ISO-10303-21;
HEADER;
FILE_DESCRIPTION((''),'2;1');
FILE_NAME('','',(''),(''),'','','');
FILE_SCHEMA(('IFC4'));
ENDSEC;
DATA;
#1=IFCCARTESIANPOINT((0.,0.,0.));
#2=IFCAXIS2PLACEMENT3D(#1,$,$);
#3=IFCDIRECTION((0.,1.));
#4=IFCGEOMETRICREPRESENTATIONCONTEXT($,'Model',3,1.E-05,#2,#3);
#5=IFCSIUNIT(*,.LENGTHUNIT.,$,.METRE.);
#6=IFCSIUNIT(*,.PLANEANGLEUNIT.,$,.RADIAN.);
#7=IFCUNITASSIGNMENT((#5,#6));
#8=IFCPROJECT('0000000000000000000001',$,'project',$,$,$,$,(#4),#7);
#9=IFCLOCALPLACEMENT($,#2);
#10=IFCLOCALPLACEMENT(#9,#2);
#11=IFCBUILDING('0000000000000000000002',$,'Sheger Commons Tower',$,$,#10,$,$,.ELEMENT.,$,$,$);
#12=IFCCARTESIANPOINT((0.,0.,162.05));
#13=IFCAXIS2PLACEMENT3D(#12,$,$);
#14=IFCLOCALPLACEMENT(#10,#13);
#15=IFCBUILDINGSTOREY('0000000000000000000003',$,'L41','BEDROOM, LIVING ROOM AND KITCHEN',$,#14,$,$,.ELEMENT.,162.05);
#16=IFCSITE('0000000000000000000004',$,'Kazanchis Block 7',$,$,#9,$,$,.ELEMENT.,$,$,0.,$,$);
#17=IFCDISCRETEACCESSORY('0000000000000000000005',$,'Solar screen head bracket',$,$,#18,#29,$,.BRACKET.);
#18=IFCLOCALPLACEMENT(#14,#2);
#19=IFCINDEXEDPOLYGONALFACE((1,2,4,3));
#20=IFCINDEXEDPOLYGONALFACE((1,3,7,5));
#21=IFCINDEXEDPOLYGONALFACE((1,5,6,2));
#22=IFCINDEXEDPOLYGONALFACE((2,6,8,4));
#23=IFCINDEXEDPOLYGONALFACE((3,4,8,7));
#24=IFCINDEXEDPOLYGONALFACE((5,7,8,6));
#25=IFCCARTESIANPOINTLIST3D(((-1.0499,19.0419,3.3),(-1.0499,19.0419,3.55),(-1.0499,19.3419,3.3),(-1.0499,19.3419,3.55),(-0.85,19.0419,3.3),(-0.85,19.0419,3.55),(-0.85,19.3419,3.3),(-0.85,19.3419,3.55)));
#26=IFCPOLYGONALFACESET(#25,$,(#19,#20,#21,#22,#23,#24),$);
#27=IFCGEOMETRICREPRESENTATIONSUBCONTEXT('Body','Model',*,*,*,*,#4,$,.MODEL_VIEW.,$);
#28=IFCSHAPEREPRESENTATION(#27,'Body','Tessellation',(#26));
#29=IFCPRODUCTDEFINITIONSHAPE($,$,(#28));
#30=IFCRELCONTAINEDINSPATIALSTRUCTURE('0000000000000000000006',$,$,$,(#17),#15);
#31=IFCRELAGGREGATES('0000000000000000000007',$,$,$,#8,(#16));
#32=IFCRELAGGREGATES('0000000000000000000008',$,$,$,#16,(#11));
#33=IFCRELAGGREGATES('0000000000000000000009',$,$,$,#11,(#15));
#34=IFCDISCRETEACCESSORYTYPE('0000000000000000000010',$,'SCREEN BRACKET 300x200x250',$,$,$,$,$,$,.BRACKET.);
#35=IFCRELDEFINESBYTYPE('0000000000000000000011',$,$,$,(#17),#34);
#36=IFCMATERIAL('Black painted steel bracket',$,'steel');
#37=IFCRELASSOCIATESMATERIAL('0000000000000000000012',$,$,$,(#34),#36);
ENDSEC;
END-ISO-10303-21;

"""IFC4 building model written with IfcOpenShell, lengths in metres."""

from ifc_helpers import new_model, si_unit, direction, frame, origin, origin_2d, place, context, subcontext, project, spatial, rectangle, extrude, material, type_object, element, save


model = new_model("IFC4")

# Units and contexts
model_context = context("Model", 3, precision=1e-05, world=origin(), true_north=direction((0.0, 1.0)))
body_context = subcontext(model_context, "Body", "Model", "MODEL_VIEW")
ifc_project = project(units=[si_unit("LENGTHUNIT", "METRE"), si_unit("PLANEANGLEUNIT", "RADIAN")], contexts=[model_context])

# Site, building, storey
site_placement = place(None, origin())
site = spatial("IfcSite", under=ifc_project, at=site_placement, Name="Kazanchis Block 7", CompositionType="ELEMENT", RefElevation=0.0)
building_placement = place(site_placement, origin())
building = spatial("IfcBuilding", under=site, at=building_placement, Name="Sheger Commons Tower", CompositionType="ELEMENT")
storey_placement = place(building_placement, frame((0.0, 0.0, 162.05)))
storey = spatial("IfcBuildingStorey", under=building, at=storey_placement, Name="L41", Description="BEDROOM, LIVING ROOM AND KITCHEN", CompositionType="ELEMENT", Elevation=162.05)

# Discrete accessory
ifc_material_1 = material(Name="Black painted steel bracket", Category="steel")
discrete_accessory_type = type_object("IfcDiscreteAccessoryType", Name="SCREEN BRACKET 300x200x250", PredefinedType="BRACKET", material=ifc_material_1)
for number, where, z_axis, x_axis, name in (
    (1, (-0.95, 19.1919, 3.3), (0.0, 0.0, 1.0), (0.0, -1.0, 0.0), "Solar screen head bracket"),
):
    element("IfcDiscreteAccessory", number, at=place(storey_placement, frame(where, z_axis=z_axis, x_axis=x_axis)), inside=storey, type_object=discrete_accessory_type, Name=name, PredefinedType="BRACKET", context=body_context, shape_type="SweptSolid", body=[
        extrude(rectangle(XDim=0.3, YDim=0.2, at=origin_2d()), origin(), (0.0, 0.0, 1.0), 0.25),
    ])

save(model, "model.ifc")
